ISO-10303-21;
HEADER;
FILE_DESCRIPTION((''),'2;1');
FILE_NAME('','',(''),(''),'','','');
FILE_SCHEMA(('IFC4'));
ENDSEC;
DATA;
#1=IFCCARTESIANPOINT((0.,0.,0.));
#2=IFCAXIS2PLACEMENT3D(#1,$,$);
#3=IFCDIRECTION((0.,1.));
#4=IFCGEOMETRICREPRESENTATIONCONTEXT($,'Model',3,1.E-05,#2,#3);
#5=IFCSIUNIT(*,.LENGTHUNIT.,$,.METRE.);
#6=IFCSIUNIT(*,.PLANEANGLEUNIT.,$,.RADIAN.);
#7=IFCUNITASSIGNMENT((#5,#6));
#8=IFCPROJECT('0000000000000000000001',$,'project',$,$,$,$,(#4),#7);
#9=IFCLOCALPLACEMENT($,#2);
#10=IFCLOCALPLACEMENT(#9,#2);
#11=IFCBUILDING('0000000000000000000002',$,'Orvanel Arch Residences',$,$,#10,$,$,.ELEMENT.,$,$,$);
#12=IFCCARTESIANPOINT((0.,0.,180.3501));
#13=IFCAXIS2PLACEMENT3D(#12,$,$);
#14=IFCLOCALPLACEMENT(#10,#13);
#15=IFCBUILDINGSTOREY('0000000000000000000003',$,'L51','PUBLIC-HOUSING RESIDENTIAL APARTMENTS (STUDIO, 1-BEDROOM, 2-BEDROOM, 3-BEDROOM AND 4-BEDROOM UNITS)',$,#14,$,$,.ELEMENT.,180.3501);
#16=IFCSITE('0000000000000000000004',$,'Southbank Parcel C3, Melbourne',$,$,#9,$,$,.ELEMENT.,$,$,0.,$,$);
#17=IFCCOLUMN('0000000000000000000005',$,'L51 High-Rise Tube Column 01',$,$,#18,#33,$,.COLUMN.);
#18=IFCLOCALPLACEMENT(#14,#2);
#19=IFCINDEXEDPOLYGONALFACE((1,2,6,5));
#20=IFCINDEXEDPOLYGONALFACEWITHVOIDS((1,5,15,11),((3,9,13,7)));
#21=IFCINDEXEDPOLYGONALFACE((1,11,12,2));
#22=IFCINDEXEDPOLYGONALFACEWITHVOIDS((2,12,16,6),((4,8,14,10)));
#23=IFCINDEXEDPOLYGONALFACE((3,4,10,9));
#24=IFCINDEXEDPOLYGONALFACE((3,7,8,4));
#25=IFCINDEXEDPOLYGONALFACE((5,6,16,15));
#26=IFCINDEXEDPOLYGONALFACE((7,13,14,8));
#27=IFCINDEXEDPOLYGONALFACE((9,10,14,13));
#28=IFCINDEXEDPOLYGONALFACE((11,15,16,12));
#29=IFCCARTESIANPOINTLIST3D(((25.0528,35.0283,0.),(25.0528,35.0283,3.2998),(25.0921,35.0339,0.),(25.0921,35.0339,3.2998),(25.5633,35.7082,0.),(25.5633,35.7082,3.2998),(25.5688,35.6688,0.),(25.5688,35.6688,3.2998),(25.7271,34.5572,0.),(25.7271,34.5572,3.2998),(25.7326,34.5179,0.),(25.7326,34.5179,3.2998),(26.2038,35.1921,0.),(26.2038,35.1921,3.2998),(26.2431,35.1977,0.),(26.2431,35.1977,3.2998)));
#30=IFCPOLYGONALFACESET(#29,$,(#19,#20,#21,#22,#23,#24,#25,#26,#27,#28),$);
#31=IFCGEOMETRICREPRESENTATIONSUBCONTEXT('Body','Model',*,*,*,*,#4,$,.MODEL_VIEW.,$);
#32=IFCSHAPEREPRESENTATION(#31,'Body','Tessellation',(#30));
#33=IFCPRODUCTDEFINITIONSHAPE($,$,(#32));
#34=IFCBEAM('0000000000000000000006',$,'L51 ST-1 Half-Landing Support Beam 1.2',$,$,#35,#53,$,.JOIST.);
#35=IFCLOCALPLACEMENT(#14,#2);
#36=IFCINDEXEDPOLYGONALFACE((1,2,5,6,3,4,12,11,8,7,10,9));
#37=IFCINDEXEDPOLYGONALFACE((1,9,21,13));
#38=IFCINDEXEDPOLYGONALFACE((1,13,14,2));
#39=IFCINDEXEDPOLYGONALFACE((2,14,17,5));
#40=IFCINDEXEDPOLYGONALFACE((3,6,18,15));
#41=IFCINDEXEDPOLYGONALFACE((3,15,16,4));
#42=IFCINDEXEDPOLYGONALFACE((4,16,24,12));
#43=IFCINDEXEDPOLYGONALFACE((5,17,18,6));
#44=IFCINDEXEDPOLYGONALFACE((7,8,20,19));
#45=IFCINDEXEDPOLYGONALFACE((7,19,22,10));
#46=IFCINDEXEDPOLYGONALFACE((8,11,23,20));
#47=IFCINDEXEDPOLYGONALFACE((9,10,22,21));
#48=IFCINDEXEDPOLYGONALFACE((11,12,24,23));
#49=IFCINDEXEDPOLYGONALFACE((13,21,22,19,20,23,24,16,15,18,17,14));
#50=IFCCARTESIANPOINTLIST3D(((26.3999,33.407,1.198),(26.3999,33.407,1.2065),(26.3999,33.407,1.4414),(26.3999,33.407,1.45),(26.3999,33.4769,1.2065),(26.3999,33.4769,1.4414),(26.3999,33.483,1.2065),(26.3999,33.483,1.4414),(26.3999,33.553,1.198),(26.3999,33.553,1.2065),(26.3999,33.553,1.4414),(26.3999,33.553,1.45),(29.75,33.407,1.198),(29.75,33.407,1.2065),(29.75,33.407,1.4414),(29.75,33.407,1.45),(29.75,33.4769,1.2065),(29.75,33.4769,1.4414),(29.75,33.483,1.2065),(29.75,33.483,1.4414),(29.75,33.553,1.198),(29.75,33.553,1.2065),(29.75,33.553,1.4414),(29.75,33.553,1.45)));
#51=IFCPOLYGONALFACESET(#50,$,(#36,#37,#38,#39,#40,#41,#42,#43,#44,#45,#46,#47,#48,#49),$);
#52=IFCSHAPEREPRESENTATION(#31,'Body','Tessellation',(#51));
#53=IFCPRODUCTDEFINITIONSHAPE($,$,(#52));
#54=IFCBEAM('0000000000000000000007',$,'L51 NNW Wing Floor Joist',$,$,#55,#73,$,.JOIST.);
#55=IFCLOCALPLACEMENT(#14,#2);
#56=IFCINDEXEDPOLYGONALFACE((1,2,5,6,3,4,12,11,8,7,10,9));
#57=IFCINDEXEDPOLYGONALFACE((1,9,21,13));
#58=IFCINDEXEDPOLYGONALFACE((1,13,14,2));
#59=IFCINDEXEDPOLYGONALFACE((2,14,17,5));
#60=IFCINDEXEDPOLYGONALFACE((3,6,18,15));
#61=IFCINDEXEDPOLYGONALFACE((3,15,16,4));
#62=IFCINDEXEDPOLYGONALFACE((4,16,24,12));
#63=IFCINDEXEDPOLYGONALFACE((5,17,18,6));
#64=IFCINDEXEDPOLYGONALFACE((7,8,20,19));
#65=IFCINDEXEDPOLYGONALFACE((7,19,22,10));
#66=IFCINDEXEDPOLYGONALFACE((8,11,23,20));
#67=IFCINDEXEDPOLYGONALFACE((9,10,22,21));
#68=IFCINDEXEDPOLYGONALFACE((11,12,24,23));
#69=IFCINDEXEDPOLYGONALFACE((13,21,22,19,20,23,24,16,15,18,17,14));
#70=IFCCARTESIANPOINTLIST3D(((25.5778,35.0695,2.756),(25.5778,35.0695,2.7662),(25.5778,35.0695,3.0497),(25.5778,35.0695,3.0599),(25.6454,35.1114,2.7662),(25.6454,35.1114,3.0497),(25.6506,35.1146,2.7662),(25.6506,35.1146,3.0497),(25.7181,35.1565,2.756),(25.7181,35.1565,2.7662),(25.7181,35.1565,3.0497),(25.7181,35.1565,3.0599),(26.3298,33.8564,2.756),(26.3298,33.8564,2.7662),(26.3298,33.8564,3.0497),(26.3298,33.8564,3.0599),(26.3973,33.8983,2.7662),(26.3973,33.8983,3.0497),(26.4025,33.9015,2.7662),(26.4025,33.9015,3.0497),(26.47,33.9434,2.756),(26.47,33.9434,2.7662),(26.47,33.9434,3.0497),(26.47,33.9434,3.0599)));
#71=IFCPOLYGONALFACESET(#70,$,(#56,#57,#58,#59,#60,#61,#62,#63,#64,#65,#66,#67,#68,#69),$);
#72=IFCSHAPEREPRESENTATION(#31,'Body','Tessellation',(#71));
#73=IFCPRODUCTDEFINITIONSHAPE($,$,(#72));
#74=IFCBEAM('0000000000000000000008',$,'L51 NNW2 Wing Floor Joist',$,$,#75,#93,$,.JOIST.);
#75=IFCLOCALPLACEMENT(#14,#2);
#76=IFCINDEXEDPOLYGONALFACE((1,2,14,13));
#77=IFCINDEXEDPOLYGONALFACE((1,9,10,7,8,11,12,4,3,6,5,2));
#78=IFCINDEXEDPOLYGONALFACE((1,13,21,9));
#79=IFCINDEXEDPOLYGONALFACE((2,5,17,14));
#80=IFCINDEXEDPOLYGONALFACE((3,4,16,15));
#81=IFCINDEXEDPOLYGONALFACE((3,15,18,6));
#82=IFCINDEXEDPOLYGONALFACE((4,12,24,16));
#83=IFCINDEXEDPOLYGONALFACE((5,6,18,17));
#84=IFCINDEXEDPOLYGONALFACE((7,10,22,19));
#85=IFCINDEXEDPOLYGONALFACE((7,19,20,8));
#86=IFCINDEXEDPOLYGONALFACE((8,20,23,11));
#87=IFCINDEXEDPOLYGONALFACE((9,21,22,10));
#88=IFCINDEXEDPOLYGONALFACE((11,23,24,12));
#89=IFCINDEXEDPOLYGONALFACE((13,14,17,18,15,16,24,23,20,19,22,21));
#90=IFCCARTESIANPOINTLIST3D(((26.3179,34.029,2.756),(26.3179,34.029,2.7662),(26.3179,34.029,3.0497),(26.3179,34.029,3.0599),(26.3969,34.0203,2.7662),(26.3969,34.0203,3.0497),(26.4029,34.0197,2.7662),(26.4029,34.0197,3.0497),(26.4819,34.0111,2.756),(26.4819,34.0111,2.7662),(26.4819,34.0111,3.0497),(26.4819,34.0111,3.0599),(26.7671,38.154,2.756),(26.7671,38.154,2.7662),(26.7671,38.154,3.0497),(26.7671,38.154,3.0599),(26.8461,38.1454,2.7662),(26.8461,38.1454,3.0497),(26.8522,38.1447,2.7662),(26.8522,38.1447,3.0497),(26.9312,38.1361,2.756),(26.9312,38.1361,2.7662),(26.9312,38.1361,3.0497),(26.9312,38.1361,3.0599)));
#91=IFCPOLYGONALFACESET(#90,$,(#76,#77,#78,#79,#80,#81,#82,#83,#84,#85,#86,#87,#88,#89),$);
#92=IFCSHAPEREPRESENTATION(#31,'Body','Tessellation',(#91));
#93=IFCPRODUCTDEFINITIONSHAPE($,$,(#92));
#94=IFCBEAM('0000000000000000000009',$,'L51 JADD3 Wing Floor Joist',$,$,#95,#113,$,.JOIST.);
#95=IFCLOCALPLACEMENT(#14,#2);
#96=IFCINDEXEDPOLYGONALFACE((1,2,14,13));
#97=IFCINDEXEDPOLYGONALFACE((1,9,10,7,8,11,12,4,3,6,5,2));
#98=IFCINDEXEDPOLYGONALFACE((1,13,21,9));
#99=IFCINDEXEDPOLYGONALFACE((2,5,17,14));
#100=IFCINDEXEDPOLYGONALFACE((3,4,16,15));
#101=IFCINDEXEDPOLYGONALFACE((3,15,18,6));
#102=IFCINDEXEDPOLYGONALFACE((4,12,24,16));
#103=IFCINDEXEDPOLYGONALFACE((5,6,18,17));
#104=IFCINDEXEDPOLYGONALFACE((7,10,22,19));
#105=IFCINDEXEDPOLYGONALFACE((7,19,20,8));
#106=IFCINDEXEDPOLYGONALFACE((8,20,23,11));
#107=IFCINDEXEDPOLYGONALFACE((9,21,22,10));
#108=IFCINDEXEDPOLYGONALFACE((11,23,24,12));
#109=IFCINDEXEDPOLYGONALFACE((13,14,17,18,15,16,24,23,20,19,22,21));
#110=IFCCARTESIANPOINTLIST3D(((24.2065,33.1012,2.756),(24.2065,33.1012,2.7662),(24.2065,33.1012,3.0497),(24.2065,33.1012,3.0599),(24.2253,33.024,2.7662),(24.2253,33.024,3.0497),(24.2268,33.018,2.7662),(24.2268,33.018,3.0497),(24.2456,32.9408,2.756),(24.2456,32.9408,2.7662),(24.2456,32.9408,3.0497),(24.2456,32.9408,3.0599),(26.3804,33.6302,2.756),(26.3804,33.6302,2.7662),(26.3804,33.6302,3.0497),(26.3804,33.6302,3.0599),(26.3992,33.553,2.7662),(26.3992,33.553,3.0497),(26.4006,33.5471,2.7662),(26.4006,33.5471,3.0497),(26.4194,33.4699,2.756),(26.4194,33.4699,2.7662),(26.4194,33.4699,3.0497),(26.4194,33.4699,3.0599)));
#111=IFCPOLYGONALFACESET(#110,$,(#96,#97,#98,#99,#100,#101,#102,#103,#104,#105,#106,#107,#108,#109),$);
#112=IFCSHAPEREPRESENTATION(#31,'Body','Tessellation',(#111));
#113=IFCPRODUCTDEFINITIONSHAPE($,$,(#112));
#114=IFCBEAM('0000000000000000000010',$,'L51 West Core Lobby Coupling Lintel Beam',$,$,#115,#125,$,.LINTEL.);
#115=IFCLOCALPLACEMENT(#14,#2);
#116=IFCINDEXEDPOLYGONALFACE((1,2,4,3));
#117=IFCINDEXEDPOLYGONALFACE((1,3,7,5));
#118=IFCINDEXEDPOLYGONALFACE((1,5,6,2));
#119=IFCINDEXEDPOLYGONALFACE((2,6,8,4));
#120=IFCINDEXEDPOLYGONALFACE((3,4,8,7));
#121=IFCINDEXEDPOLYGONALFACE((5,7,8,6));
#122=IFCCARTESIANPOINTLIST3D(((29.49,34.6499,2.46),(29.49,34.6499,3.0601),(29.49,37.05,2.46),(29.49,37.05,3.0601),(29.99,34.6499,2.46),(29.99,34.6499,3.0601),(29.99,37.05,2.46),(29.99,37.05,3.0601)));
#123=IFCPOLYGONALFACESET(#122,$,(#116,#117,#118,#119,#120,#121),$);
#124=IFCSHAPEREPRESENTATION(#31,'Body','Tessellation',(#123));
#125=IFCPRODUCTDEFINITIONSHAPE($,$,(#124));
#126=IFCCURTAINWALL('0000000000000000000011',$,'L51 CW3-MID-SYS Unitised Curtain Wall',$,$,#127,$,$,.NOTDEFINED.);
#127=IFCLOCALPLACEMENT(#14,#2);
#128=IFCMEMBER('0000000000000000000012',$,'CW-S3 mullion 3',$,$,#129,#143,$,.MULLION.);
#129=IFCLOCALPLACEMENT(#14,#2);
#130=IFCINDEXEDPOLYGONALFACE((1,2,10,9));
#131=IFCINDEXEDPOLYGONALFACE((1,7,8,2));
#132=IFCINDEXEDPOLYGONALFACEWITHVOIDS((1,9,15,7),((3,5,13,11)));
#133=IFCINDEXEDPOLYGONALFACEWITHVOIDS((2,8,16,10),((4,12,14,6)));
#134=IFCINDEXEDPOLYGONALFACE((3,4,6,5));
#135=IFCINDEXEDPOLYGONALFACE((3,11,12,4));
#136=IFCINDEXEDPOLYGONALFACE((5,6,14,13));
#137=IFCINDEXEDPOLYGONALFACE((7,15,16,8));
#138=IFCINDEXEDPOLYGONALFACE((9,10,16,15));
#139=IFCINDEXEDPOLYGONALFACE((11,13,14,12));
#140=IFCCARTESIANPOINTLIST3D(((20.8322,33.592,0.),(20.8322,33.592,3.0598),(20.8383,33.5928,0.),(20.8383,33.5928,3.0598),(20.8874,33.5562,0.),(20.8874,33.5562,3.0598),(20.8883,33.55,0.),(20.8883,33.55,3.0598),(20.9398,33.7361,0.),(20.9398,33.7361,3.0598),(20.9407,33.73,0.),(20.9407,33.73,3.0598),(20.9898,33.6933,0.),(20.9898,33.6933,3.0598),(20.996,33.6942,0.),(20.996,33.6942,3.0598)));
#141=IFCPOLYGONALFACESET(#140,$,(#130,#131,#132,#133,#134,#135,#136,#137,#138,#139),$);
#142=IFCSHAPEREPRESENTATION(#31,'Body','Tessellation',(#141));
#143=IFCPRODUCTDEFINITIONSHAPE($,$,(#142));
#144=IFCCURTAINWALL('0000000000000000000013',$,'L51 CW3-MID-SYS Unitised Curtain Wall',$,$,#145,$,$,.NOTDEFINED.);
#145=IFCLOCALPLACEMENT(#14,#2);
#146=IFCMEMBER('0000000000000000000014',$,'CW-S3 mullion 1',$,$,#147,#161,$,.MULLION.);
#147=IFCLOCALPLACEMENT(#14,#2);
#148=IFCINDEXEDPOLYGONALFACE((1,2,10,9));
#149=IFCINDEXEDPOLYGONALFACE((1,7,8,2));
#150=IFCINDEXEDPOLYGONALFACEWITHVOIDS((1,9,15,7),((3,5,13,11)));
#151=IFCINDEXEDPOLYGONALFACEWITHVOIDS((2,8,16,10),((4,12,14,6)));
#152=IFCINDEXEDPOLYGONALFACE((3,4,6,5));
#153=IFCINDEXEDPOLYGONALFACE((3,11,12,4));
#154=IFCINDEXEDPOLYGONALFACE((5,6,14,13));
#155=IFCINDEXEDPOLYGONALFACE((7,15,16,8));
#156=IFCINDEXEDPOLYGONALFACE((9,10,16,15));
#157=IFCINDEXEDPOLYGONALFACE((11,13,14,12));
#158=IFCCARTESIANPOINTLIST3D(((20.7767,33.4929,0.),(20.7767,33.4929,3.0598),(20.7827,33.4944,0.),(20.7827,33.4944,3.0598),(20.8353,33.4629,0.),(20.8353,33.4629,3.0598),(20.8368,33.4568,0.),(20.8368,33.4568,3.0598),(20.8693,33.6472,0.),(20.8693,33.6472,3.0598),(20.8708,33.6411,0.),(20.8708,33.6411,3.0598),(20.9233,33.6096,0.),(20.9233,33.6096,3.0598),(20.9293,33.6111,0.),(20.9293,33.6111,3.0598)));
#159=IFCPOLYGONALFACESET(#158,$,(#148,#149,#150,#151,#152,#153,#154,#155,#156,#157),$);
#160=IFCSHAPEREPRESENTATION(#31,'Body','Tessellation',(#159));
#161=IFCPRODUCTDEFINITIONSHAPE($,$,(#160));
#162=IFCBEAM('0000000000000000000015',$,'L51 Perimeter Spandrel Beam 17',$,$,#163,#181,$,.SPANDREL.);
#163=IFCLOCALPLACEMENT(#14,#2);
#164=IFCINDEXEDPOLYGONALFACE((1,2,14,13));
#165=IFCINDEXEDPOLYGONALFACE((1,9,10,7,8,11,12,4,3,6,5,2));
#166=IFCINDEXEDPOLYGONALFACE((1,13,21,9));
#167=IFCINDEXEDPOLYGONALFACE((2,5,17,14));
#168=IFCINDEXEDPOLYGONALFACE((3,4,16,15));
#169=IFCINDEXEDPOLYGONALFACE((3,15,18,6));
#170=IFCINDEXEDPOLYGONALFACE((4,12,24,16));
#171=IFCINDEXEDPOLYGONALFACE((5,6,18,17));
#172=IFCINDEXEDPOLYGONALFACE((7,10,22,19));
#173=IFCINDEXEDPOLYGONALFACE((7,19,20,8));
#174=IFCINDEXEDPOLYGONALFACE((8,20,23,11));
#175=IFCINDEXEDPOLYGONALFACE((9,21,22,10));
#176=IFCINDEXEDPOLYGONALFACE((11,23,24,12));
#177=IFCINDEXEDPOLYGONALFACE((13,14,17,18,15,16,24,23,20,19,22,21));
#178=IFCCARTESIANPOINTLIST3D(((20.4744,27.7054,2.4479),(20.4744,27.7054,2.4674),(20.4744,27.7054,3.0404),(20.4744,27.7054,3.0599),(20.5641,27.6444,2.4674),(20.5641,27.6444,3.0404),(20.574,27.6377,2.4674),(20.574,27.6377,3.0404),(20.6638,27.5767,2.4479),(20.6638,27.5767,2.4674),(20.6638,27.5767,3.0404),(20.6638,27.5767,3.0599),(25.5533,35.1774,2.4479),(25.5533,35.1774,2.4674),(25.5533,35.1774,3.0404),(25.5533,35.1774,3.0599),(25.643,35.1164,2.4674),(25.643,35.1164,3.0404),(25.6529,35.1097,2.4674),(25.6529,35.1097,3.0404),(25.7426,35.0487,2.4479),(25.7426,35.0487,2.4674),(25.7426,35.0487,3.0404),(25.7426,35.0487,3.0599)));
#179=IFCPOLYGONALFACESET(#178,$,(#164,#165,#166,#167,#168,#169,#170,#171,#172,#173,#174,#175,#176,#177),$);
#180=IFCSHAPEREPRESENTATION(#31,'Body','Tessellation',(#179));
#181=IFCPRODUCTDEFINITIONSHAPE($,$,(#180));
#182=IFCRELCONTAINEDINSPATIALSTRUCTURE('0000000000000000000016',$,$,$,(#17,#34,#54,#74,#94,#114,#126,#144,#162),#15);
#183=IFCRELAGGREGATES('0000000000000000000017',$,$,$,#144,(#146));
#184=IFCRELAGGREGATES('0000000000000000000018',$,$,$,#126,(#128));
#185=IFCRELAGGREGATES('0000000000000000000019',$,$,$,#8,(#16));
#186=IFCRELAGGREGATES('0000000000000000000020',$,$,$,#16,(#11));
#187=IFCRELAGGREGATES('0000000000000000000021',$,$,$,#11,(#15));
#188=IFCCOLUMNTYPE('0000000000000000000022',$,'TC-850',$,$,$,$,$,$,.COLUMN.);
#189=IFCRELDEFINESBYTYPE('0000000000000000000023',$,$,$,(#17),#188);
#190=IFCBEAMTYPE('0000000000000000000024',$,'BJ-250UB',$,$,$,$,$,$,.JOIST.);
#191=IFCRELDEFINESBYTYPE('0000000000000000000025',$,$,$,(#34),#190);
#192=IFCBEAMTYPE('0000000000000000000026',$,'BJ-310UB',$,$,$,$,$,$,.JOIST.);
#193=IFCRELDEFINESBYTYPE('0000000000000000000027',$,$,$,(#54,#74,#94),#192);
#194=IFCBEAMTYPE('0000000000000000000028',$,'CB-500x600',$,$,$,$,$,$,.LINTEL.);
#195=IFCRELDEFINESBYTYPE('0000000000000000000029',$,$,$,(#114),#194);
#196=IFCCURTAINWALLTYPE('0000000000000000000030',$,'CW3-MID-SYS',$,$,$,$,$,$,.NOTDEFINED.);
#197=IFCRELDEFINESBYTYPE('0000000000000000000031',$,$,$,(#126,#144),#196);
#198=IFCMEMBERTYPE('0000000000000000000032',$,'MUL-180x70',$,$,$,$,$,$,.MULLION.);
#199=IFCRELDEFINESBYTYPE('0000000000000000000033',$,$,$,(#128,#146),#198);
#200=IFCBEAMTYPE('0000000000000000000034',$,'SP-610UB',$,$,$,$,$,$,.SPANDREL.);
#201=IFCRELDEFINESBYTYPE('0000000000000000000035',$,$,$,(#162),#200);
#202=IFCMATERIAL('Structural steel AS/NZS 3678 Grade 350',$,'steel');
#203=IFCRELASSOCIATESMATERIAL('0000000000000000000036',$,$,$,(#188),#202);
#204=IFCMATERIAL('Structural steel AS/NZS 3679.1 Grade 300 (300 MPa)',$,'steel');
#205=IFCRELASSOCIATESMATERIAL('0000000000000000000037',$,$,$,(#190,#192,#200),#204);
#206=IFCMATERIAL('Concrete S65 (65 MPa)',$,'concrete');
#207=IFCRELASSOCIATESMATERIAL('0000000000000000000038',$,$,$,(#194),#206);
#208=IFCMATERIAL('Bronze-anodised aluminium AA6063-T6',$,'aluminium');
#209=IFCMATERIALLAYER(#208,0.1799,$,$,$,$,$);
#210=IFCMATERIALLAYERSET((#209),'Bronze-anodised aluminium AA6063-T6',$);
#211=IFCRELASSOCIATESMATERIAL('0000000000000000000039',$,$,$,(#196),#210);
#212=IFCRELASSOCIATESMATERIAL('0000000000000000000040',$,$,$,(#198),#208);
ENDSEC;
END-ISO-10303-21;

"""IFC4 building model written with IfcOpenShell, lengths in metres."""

from ifc_helpers import new_model, si_unit, direction, frame, origin, origin_2d, place, context, subcontext, project, spatial, rectangle, hollow_rectangle, i_section, extrude, material, layer, layer_set, material_profile, profile_set, type_object, element, aggregate, save


model = new_model("IFC4")

# Units and contexts
model_context = context("Model", 3, precision=1e-05, world=origin(), true_north=direction((0.0, 1.0)))
body_context = subcontext(model_context, "Body", "Model", "MODEL_VIEW")
ifc_project = project(units=[si_unit("LENGTHUNIT", "METRE"), si_unit("PLANEANGLEUNIT", "RADIAN")], contexts=[model_context])

# Site, building, storey
site_placement = place(None, origin())
site = spatial("IfcSite", under=ifc_project, at=site_placement, Name="Southbank Parcel C3, Melbourne", CompositionType="ELEMENT", RefElevation=0.0)
building_placement = place(site_placement, origin())
building = spatial("IfcBuilding", under=site, at=building_placement, Name="Orvanel Arch Residences", CompositionType="ELEMENT")
storey_placement = place(building_placement, frame((0.0, 0.0, 180.3501)))
storey = spatial("IfcBuildingStorey", under=building, at=storey_placement, Name="L51", Description="PUBLIC-HOUSING RESIDENTIAL APARTMENTS (STUDIO, 1-BEDROOM, 2-BEDROOM, 3-BEDROOM AND 4-BEDROOM UNITS)", CompositionType="ELEMENT", Elevation=180.3501)

# Column
ifc_material_1 = material(Name="Structural steel AS/NZS 3678 Grade 350", Category="steel")
ifc_material_profile_1 = material_profile(ifc_material_1, hollow_rectangle(XDim=0.8501, YDim=0.8501, WallThickness=0.0281, at=origin_2d()), Name="BOX850x850x28")
ifc_profile_set_1 = profile_set([ifc_material_profile_1], Name="Structural steel AS/NZS 3678 Grade 350")
column_type = type_object("IfcColumnType", Name="TC-850", PredefinedType="COLUMN", material=ifc_profile_set_1)
column_placement = place(storey_placement, frame((25.6479, 35.113, 0.0), z_axis=(0.0, 0.0, 1.0), x_axis=(0.60042, 0.799685, 0.0)))
element("IfcColumn", 1, at=column_placement, inside=storey, type_object=column_type, Name="L51 High-Rise Tube Column 01", PredefinedType="COLUMN", context=body_context, shape_type="SweptSolid", body=[
    extrude(hollow_rectangle(XDim=0.8501, YDim=0.8501, WallThickness=0.0281, at=origin_2d()), origin(), (0.0, 0.0, 1.0), 3.2998),
])

# Beams
ifc_material_2 = material(Name="Structural steel AS/NZS 3679.1 Grade 300 (300 MPa)", Category="steel")
ifc_material_profile_2 = material_profile(ifc_material_2, i_section(OverallWidth=0.146, OverallDepth=0.252, WebThickness=0.0061, FlangeThickness=0.0085, at=origin_2d()), Name="250UB31.4")
ifc_profile_set_2 = profile_set([ifc_material_profile_2], Name="Structural steel AS/NZS 3679.1 Grade 300 (300 MPa)")
beam_type_1 = type_object("IfcBeamType", Name="BJ-250UB", PredefinedType="JOIST", material=ifc_profile_set_2)
beam_1_placement = place(storey_placement, frame((26.3999, 33.48, 1.324), z_axis=(1.0, 0.0, 0.0), x_axis=(0.0, 1.0, 0.0)))
element("IfcBeam", 2, at=beam_1_placement, inside=storey, type_object=beam_type_1, Name="L51 ST-1 Half-Landing Support Beam 1.2", PredefinedType="JOIST", context=body_context, shape_type="SweptSolid", body=[
    extrude(i_section(OverallWidth=0.146, OverallDepth=0.252, WebThickness=0.0061, FlangeThickness=0.0085, at=origin_2d()), origin(), (0.0, 0.0, 1.0), 3.3501),
])
ifc_material_profile_3 = material_profile(ifc_material_2, i_section(OverallWidth=0.165, OverallDepth=0.304, WebThickness=0.0061, FlangeThickness=0.0103, at=origin_2d()), Name="310UB40.4")
ifc_profile_set_3 = profile_set([ifc_material_profile_3], Name="Structural steel AS/NZS 3679.1 Grade 300 (300 MPa)")
beam_type_2 = type_object("IfcBeamType", Name="BJ-310UB", PredefinedType="JOIST", material=ifc_profile_set_3)
beam_2_placement = place(storey_placement, frame((26.3999, 33.8999, 2.908), z_axis=(-0.526843, 0.849962, 0.0), x_axis=(-0.849962, -0.526843, 0.0)))
element("IfcBeam", 3, at=beam_2_placement, inside=storey, type_object=beam_type_2, Name="L51 NNW Wing Floor Joist", PredefinedType="JOIST", context=body_context, shape_type="SweptSolid", body=[
    extrude(i_section(OverallWidth=0.165, OverallDepth=0.304, WebThickness=0.0061, FlangeThickness=0.0103, at=origin_2d()), origin(), (0.0, 0.0, 1.0), 1.4272),
])
beam_3_placement = place(storey_placement, frame((26.3999, 34.02, 2.908), z_axis=(0.108261, 0.994122, 0.0), x_axis=(-0.994122, 0.108261, 0.0)))
element("IfcBeam", 4, at=beam_3_placement, inside=storey, type_object=beam_type_2, Name="L51 NNW2 Wing Floor Joist", PredefinedType="JOIST", context=body_context, shape_type="SweptSolid", body=[
    extrude(i_section(OverallWidth=0.165, OverallDepth=0.304, WebThickness=0.0061, FlangeThickness=0.0103, at=origin_2d()), origin(), (0.0, 0.0, 1.0), 4.1494),
])
beam_4_placement = place(storey_placement, frame((26.3999, 33.55, 2.908), z_axis=(-0.971638, -0.236471, 0.0), x_axis=(0.236471, -0.971638, 0.0)))
element("IfcBeam", 5, at=beam_4_placement, inside=storey, type_object=beam_type_2, Name="L51 JADD3 Wing Floor Joist", PredefinedType="JOIST", context=body_context, shape_type="SweptSolid", body=[
    extrude(i_section(OverallWidth=0.165, OverallDepth=0.304, WebThickness=0.0061, FlangeThickness=0.0103, at=origin_2d()), origin(), (0.0, 0.0, 1.0), 2.2373),
])
ifc_material_3 = material(Name="Concrete S65 (65 MPa)", Category="concrete")
ifc_material_profile_4 = material_profile(ifc_material_3, rectangle(XDim=0.5, YDim=0.6001, at=origin_2d()), Name="RC500x600")
ifc_profile_set_4 = profile_set([ifc_material_profile_4], Name="Concrete S65 (65 MPa)")
beam_type_3 = type_object("IfcBeamType", Name="CB-500x600", PredefinedType="LINTEL", material=ifc_profile_set_4)
beam_5_placement = place(storey_placement, frame((29.74, 34.6499, 2.76), z_axis=(0.0, 1.0, 0.0), x_axis=(-1.0, 0.0, 0.0)))
element("IfcBeam", 6, at=beam_5_placement, inside=storey, type_object=beam_type_3, Name="L51 West Core Lobby Coupling Lintel Beam", PredefinedType="LINTEL", context=body_context, shape_type="SweptSolid", body=[
    extrude(rectangle(XDim=0.5, YDim=0.6001, at=origin_2d()), origin(), (0.0, 0.0, 1.0), 2.4001),
])

# Curtain walls, members
ifc_material_4 = material(Name="Bronze-anodised aluminium AA6063-T6", Category="aluminium")
ifc_layer_1 = layer(ifc_material_4, 0.1799)
ifc_layer_set_1 = layer_set([ifc_layer_1], Name="Bronze-anodised aluminium AA6063-T6")
curtain_wall_type = type_object("IfcCurtainWallType", Name="CW3-MID-SYS", PredefinedType="NOTDEFINED", material=ifc_layer_set_1)
curtain_wall_1_placement = place(storey_placement, origin())
curtain_wall_1 = element("IfcCurtainWall", 7, at=curtain_wall_1_placement, inside=storey, type_object=curtain_wall_type, Name="L51 CW3-MID-SYS Unitised Curtain Wall", PredefinedType="NOTDEFINED")
ifc_material_profile_5 = material_profile(ifc_material_4, hollow_rectangle(XDim=0.0701, YDim=0.1799, WallThickness=0.0044, at=origin_2d()), Name="ALU180x70x4.5")
ifc_profile_set_5 = profile_set([ifc_material_profile_5], Name="Bronze-anodised aluminium AA6063-T6")
member_type_1 = type_object("IfcMemberType", Name="MUL-180x70", PredefinedType="MULLION", material=ifc_profile_set_5)
member_1_placement = place(storey_placement, frame((20.9141, 33.6431, 0.0), z_axis=(0.0, 0.0, 1.0), x_axis=(0.801168, -0.59844, 0.0)))
member_1 = element("IfcMember", 8, at=member_1_placement, type_object=member_type_1, Name="CW-S3 mullion 3", PredefinedType="MULLION", context=body_context, shape_type="SweptSolid", body=[
    extrude(hollow_rectangle(XDim=0.0701, YDim=0.1799, WallThickness=0.0044, at=origin_2d()), origin(), (0.0, 0.0, 1.0), 3.0598),
])
curtain_wall_2_placement = place(storey_placement, origin())
curtain_wall_2 = element("IfcCurtainWall", 9, at=curtain_wall_2_placement, inside=storey, type_object=curtain_wall_type, Name="L51 CW3-MID-SYS Unitised Curtain Wall", PredefinedType="NOTDEFINED")
member_2_placement = place(storey_placement, frame((20.853, 33.552, 0.0), z_axis=(0.0, 0.0, 1.0), x_axis=(0.857568, -0.514371, 0.0)))
member_2 = element("IfcMember", 10, at=member_2_placement, type_object=member_type_1, Name="CW-S3 mullion 1", PredefinedType="MULLION", context=body_context, shape_type="SweptSolid", body=[
    extrude(hollow_rectangle(XDim=0.0701, YDim=0.1799, WallThickness=0.0044, at=origin_2d()), origin(), (0.0, 0.0, 1.0), 3.0598),
])

# Beam
ifc_material_profile_6 = material_profile(ifc_material_2, i_section(OverallWidth=0.229, OverallDepth=0.6121, WebThickness=0.012, FlangeThickness=0.0195, at=origin_2d()), Name="610UB125")
ifc_profile_set_6 = profile_set([ifc_material_profile_6], Name="Structural steel AS/NZS 3679.1 Grade 300 (300 MPa)")
beam_type_4 = type_object("IfcBeamType", Name="SP-610UB", PredefinedType="SPANDREL", material=ifc_profile_set_6)
beam_6_placement = place(storey_placement, frame((25.6479, 35.113, 2.7539), z_axis=(-0.562155, -0.827032, 0.0), x_axis=(0.827032, -0.562155, 0.0)))
element("IfcBeam", 11, at=beam_6_placement, inside=storey, type_object=beam_type_4, Name="L51 Perimeter Spandrel Beam 17", PredefinedType="SPANDREL", context=body_context, shape_type="SweptSolid", body=[
    extrude(i_section(OverallWidth=0.229, OverallDepth=0.6121, WebThickness=0.012, FlangeThickness=0.0195, at=origin_2d()), origin(), (0.0, 0.0, 1.0), 9.0347),
])

aggregate(curtain_wall_2, [member_2])

aggregate(curtain_wall_1, [member_1])

save(model, "model.ifc")
